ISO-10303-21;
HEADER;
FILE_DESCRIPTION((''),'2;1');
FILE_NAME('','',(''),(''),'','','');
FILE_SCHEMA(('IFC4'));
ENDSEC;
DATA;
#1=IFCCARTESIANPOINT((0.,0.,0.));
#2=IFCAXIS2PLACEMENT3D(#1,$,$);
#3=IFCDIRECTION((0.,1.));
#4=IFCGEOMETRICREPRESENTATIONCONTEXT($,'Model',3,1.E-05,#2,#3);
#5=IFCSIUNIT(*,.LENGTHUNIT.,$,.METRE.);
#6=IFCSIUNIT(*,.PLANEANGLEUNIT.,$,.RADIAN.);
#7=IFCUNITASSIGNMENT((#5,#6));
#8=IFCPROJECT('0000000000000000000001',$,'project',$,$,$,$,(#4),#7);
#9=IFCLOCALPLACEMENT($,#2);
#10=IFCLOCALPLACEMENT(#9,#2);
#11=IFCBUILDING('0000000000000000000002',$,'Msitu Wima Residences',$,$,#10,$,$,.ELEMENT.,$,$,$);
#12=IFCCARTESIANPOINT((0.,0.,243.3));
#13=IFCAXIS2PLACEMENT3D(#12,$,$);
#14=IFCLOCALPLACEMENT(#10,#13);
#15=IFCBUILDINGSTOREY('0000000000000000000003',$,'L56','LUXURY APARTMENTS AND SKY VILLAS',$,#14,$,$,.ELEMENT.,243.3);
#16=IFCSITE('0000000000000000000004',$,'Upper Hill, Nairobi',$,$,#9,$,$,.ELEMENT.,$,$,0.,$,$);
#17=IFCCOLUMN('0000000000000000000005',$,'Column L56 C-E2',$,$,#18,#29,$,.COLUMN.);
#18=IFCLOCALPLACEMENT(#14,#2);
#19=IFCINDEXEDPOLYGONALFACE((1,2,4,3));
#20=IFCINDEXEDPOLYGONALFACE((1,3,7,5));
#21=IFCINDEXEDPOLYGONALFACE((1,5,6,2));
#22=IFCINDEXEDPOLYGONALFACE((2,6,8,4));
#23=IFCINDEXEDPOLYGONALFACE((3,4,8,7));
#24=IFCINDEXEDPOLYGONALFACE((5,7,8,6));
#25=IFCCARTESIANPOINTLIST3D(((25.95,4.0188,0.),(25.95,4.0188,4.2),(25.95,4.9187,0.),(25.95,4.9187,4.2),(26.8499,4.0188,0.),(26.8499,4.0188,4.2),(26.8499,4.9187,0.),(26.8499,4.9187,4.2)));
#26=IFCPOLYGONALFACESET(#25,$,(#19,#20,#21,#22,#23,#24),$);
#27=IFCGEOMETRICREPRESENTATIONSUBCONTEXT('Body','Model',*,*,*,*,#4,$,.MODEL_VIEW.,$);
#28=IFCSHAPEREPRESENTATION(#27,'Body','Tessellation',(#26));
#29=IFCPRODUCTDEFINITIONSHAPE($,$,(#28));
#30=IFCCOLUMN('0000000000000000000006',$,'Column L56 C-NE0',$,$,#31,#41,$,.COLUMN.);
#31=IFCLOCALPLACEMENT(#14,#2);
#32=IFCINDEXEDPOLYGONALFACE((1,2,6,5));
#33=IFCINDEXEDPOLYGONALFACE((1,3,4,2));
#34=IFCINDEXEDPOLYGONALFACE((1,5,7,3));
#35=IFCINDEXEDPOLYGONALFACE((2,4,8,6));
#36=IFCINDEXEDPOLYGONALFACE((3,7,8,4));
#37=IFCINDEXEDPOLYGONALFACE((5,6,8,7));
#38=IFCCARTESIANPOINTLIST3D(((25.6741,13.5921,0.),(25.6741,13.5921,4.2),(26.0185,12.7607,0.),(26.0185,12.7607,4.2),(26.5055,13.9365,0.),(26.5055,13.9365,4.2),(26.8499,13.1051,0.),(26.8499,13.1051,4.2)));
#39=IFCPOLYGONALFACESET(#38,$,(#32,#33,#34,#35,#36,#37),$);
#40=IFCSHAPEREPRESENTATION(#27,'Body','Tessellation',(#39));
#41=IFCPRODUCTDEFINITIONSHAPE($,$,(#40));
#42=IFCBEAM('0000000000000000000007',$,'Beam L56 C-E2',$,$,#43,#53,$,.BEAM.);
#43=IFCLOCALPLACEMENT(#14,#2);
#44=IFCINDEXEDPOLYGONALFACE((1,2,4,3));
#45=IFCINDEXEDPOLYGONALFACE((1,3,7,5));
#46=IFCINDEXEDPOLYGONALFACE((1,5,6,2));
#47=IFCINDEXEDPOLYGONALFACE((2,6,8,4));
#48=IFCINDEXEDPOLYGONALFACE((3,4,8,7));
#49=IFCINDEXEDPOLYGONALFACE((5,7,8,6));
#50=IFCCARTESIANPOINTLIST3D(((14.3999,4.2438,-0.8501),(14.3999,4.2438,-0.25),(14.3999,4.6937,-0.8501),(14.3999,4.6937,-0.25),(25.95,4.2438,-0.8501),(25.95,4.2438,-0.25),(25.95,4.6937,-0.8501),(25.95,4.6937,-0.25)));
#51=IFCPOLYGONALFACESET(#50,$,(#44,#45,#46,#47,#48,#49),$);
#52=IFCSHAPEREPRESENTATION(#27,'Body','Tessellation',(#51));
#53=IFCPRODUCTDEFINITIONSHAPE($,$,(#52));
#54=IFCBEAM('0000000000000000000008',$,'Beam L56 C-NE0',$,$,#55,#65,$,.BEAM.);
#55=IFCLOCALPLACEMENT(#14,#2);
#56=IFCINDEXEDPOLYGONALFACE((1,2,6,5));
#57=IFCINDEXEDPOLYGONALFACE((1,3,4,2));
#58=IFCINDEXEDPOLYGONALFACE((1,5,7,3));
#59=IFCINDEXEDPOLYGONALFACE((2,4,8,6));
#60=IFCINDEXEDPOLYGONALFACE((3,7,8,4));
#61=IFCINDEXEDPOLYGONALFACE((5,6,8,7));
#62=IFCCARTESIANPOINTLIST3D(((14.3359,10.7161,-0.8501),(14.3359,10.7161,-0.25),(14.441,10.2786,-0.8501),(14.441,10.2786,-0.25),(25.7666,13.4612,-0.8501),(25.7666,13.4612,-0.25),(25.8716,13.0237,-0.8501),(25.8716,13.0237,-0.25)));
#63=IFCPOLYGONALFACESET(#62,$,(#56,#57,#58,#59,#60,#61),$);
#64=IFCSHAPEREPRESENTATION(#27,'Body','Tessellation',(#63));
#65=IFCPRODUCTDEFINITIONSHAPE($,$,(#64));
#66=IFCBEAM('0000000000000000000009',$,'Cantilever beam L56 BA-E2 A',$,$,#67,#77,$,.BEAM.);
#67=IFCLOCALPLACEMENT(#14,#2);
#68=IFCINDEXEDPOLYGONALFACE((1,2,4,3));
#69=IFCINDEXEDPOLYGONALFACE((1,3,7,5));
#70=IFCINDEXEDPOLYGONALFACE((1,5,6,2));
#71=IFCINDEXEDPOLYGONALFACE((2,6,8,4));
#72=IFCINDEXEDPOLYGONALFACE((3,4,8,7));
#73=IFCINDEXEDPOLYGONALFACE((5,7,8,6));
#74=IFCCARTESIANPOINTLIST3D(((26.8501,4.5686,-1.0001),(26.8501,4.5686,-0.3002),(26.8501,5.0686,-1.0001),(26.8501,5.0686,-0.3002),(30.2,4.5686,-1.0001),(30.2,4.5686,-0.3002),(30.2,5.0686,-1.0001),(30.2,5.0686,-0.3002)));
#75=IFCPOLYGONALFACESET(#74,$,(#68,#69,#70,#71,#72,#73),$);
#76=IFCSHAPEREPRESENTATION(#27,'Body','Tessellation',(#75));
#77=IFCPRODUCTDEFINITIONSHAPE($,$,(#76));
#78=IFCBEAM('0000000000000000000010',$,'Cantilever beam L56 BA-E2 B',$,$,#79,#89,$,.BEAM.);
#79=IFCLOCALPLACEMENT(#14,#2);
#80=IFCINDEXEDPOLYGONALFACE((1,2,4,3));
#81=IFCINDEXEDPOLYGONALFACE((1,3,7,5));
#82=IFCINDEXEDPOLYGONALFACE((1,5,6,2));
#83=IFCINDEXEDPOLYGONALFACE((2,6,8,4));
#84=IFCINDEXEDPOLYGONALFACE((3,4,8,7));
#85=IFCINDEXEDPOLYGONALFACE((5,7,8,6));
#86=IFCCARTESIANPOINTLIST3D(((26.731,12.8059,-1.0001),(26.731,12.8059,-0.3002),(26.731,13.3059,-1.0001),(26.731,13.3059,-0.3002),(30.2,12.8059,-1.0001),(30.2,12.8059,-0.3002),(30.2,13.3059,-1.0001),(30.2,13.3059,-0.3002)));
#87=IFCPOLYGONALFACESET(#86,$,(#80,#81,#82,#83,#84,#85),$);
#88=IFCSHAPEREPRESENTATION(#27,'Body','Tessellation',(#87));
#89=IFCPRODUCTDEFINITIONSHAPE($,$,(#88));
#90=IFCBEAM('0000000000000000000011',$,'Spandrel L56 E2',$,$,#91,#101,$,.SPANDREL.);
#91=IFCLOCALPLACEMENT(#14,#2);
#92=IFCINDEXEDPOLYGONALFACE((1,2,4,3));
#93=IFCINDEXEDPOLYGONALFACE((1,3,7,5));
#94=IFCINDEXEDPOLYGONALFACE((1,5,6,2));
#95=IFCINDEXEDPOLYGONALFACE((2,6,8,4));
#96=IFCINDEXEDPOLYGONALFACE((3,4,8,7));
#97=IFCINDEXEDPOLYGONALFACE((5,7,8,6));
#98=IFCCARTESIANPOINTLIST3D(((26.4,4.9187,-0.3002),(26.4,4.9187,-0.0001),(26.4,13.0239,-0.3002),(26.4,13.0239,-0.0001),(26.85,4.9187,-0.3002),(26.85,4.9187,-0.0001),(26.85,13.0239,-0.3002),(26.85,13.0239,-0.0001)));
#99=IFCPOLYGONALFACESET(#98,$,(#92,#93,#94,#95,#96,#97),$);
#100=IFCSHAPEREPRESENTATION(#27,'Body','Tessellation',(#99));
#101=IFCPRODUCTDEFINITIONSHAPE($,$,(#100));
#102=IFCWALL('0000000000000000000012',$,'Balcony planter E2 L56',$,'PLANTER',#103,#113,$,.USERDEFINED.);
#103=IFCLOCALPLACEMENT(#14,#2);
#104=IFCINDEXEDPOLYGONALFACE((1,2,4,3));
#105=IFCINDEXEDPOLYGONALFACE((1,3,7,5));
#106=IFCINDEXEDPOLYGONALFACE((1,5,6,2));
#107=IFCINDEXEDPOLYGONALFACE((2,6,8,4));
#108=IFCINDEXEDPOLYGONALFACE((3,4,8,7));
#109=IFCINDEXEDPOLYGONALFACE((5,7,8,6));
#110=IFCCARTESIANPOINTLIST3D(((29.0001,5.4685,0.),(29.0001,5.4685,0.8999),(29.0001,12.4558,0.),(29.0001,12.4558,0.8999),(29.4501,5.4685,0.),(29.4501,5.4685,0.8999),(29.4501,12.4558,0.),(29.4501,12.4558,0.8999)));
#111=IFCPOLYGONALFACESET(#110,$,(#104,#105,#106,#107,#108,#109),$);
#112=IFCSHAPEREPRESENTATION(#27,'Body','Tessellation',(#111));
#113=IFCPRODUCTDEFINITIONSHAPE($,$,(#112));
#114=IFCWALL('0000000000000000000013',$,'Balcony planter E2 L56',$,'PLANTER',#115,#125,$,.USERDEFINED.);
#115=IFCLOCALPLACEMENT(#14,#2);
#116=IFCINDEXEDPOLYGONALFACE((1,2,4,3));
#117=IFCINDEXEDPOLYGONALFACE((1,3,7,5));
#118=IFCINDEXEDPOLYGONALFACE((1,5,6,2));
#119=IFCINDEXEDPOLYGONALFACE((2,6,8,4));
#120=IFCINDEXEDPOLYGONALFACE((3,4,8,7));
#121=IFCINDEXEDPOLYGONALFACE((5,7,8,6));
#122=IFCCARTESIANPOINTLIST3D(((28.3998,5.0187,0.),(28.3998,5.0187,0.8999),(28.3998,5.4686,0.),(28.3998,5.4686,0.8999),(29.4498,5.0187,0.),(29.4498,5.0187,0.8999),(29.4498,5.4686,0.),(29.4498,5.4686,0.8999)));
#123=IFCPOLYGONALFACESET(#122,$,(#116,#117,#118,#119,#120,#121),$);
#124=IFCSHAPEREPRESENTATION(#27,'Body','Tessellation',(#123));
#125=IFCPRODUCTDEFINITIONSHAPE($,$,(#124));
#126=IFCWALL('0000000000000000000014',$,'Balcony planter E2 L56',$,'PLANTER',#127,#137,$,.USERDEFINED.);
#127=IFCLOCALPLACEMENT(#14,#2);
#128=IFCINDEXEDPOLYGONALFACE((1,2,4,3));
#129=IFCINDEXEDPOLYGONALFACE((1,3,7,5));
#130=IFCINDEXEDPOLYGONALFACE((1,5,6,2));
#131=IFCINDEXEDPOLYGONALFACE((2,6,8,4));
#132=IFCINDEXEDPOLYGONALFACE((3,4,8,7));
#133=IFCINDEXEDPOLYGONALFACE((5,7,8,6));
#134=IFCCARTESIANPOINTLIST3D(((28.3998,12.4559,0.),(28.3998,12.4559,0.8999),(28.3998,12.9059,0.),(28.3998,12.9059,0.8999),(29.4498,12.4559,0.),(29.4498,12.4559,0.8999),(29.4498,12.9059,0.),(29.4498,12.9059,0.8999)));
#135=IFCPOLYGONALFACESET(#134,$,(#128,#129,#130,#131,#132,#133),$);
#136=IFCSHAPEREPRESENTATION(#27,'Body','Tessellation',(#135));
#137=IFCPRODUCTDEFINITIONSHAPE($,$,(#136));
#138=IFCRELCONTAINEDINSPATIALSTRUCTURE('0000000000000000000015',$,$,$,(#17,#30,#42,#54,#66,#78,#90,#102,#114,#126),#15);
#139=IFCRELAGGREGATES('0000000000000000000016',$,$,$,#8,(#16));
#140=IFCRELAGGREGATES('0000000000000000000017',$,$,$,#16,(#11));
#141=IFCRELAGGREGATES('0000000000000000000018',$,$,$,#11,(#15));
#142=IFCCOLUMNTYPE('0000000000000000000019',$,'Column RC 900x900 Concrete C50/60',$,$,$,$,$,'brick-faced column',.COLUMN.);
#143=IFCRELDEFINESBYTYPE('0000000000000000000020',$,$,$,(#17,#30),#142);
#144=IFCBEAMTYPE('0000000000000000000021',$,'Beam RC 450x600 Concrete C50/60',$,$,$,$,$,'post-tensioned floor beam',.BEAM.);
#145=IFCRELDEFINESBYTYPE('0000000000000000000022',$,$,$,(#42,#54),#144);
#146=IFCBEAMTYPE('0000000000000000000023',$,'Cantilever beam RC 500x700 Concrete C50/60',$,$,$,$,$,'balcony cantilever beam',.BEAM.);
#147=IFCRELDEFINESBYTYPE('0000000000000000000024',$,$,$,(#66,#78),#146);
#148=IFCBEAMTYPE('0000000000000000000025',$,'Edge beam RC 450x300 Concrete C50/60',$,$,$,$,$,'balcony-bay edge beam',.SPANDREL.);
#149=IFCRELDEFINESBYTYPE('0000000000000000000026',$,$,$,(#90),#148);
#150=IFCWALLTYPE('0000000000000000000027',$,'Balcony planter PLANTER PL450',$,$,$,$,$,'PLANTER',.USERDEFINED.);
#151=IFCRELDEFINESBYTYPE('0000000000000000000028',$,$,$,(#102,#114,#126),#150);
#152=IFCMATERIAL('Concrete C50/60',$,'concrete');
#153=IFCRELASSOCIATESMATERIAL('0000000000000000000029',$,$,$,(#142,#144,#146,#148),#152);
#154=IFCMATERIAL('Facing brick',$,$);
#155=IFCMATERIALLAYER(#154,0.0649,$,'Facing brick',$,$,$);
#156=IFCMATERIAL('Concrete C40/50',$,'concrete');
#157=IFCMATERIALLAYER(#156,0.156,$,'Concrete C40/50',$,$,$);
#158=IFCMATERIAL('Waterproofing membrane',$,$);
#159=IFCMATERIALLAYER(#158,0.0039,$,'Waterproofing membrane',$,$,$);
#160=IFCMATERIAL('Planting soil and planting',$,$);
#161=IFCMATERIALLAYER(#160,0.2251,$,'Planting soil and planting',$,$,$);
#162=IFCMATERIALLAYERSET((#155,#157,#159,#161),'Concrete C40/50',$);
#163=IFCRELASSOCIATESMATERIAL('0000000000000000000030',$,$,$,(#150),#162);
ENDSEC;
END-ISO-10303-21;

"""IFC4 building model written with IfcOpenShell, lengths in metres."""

from ifc_helpers import new_model, si_unit, direction, frame, frame_2d, origin, origin_2d, place, context, subcontext, project, spatial, rectangle, extrude, material, layer, layer_set, material_profile, profile_set, type_object, element, save


model = new_model("IFC4")

# Units and contexts
model_context = context("Model", 3, precision=1e-05, world=origin(), true_north=direction((0.0, 1.0)))
body_context = subcontext(model_context, "Body", "Model", "MODEL_VIEW")
ifc_project = project(units=[si_unit("LENGTHUNIT", "METRE"), si_unit("PLANEANGLEUNIT", "RADIAN")], contexts=[model_context])

# Site, building, storey
site_placement = place(None, origin())
site = spatial("IfcSite", under=ifc_project, at=site_placement, Name="Upper Hill, Nairobi", CompositionType="ELEMENT", RefElevation=0.0)
building_placement = place(site_placement, origin())
building = spatial("IfcBuilding", under=site, at=building_placement, Name="Msitu Wima Residences", CompositionType="ELEMENT")
storey_placement = place(building_placement, frame((0.0, 0.0, 243.3)))
storey = spatial("IfcBuildingStorey", under=building, at=storey_placement, Name="L56", Description="LUXURY APARTMENTS AND SKY VILLAS", CompositionType="ELEMENT", Elevation=243.3)

# Columns
ifc_material_1 = material(Name="Concrete C50/60", Category="concrete")
ifc_material_profile_1 = material_profile(ifc_material_1, rectangle(XDim=0.8999, YDim=0.8999, at=origin_2d()), Name="RC 900x900")
ifc_profile_set_1 = profile_set([ifc_material_profile_1], Name="Concrete C50/60")
column_type = type_object("IfcColumnType", Name="Column RC 900x900 Concrete C50/60", ElementType="brick-faced column", PredefinedType="COLUMN", material=ifc_profile_set_1)
for number, where, z_axis, x_axis, name in (
    (1, (26.3999, 4.4688, 0.0), (0.0, 0.0, 1.0), (0.0, 1.0, 0.0), "Column L56 C-E2"),
    (2, (26.262, 13.3486, 0.0), (0.0, 0.0, 1.0), (-0.382683, 0.92388, 0.0), "Column L56 C-NE0"),
):
    element("IfcColumn", number, at=place(storey_placement, frame(where, z_axis=z_axis, x_axis=x_axis)), inside=storey, type_object=column_type, Name=name, PredefinedType="COLUMN", context=body_context, shape_type="SweptSolid", body=[
        extrude(rectangle(XDim=0.8999, YDim=0.8999, at=origin_2d()), origin(), (0.0, 0.0, 1.0), 4.2),
    ])

# Beams
ifc_material_profile_2 = material_profile(ifc_material_1, rectangle(XDim=0.45, YDim=0.6001, at=origin_2d()), Name="RC 450x600")
ifc_profile_set_2 = profile_set([ifc_material_profile_2], Name="Concrete C50/60")
beam_type_1 = type_object("IfcBeamType", Name="Beam RC 450x600 Concrete C50/60", ElementType="post-tensioned floor beam", PredefinedType="BEAM", material=ifc_profile_set_2)
beam_1_placement = place(storey_placement, frame((25.95, 4.4688, -0.55), z_axis=(-1.0, 0.0, 0.0), x_axis=(0.0, -1.0, 0.0)))
element("IfcBeam", 3, at=beam_1_placement, inside=storey, type_object=beam_type_1, Name="Beam L56 C-E2", PredefinedType="BEAM", context=body_context, shape_type="SweptSolid", body=[
    extrude(rectangle(XDim=0.45, YDim=0.6001, at=origin_2d()), origin(), (0.0, 0.0, 1.0), 11.55),
])
beam_2_placement = place(storey_placement, frame((25.8191, 13.2424, -0.55), z_axis=(-0.972353, -0.233514, 0.0), x_axis=(0.233514, -0.972353, 0.0)))
element("IfcBeam", 4, at=beam_2_placement, inside=storey, type_object=beam_type_1, Name="Beam L56 C-NE0", PredefinedType="BEAM", context=body_context, shape_type="SweptSolid", body=[
    extrude(rectangle(XDim=0.45, YDim=0.6001, at=origin_2d()), origin(), (0.0, 0.0, 1.0), 11.7556),
])
ifc_material_profile_3 = material_profile(ifc_material_1, rectangle(XDim=0.5, YDim=0.7, at=origin_2d()), Name="RC 500x700")
ifc_profile_set_3 = profile_set([ifc_material_profile_3], Name="Concrete C50/60")
beam_type_2 = type_object("IfcBeamType", Name="Cantilever beam RC 500x700 Concrete C50/60", ElementType="balcony cantilever beam", PredefinedType="BEAM", material=ifc_profile_set_3)
beam_3_placement = place(storey_placement, frame((26.8501, 4.8186, -0.6501), z_axis=(1.0, 0.0, 0.0), x_axis=(0.0, 1.0, 0.0)))
element("IfcBeam", 5, at=beam_3_placement, inside=storey, type_object=beam_type_2, Name="Cantilever beam L56 BA-E2 A", PredefinedType="BEAM", context=body_context, shape_type="SweptSolid", body=[
    extrude(rectangle(XDim=0.5, YDim=0.7, at=origin_2d()), origin(), (0.0, 0.0, 1.0), 3.3499),
])
beam_4_placement = place(storey_placement, frame((26.731, 13.0559, -0.6501), z_axis=(1.0, 0.0, 0.0), x_axis=(0.0, 1.0, 0.0)))
element("IfcBeam", 6, at=beam_4_placement, inside=storey, type_object=beam_type_2, Name="Cantilever beam L56 BA-E2 B", PredefinedType="BEAM", context=body_context, shape_type="SweptSolid", body=[
    extrude(rectangle(XDim=0.5, YDim=0.7, at=origin_2d()), origin(), (0.0, 0.0, 1.0), 3.469),
])
ifc_material_profile_4 = material_profile(ifc_material_1, rectangle(XDim=0.45, YDim=0.3, at=origin_2d()), Name="RC 450x300")
ifc_profile_set_4 = profile_set([ifc_material_profile_4], Name="Concrete C50/60")
beam_type_3 = type_object("IfcBeamType", Name="Edge beam RC 450x300 Concrete C50/60", ElementType="balcony-bay edge beam", PredefinedType="SPANDREL", material=ifc_profile_set_4)
beam_5_placement = place(storey_placement, frame((26.625, 4.9187, -0.1501), z_axis=(0.0, 1.0, 0.0), x_axis=(-1.0, 0.0, 0.0)))
element("IfcBeam", 7, at=beam_5_placement, inside=storey, type_object=beam_type_3, Name="Spandrel L56 E2", PredefinedType="SPANDREL", context=body_context, shape_type="SweptSolid", body=[
    extrude(rectangle(XDim=0.45, YDim=0.3, at=origin_2d()), origin(), (0.0, 0.0, 1.0), 8.1052),
])

# Walls
ifc_material_2 = material(Name="Facing brick")
ifc_layer_1 = layer(ifc_material_2, 0.0649, Name="Facing brick")
ifc_material_3 = material(Name="Concrete C40/50", Category="concrete")
ifc_layer_2 = layer(ifc_material_3, 0.156, Name="Concrete C40/50")
ifc_material_4 = material(Name="Waterproofing membrane")
ifc_layer_3 = layer(ifc_material_4, 0.0039, Name="Waterproofing membrane")
ifc_material_5 = material(Name="Planting soil and planting")
ifc_layer_4 = layer(ifc_material_5, 0.2251, Name="Planting soil and planting")
ifc_layer_set_1 = layer_set([ifc_layer_1, ifc_layer_2, ifc_layer_3, ifc_layer_4], Name="Concrete C40/50")
wall_type_1 = type_object("IfcWallType", Name="Balcony planter PLANTER PL450", ElementType="PLANTER", PredefinedType="USERDEFINED", material=ifc_layer_set_1)
wall_1_placement = place(storey_placement, frame((29.2251, 5.4685, 0.0), z_axis=(0.0, 0.0, 1.0), x_axis=(0.0, 1.0, 0.0)))
element("IfcWall", 8, at=wall_1_placement, inside=storey, type_object=wall_type_1, Name="Balcony planter E2 L56", ObjectType="PLANTER", PredefinedType="USERDEFINED", context=body_context, shape_type="SweptSolid", body=[
    extrude(rectangle(XDim=6.9873, YDim=0.45, at=frame_2d((3.4937, 0.0))), origin(), (0.0, 0.0, 1.0), 0.8999),
])
for number, where, z_axis, x_axis, name in (
    (9, (28.3999, 5.2437, 0.0), (0.0, 0.0, 1.0), (1.0, 0.0, 0.0), "Balcony planter E2 L56"),
    (10, (28.3999, 12.6809, 0.0), (0.0, 0.0, 1.0), (1.0, 0.0, 0.0), "Balcony planter E2 L56"),
):
    element("IfcWall", number, at=place(storey_placement, frame(where, z_axis=z_axis, x_axis=x_axis)), inside=storey, type_object=wall_type_1, Name=name, ObjectType="PLANTER", PredefinedType="USERDEFINED", context=body_context, shape_type="SweptSolid", body=[
        extrude(rectangle(XDim=1.05, YDim=0.45, at=frame_2d((0.5249, 0.0))), origin(), (0.0, 0.0, 1.0), 0.8999),
    ])

save(model, "model.ifc")
